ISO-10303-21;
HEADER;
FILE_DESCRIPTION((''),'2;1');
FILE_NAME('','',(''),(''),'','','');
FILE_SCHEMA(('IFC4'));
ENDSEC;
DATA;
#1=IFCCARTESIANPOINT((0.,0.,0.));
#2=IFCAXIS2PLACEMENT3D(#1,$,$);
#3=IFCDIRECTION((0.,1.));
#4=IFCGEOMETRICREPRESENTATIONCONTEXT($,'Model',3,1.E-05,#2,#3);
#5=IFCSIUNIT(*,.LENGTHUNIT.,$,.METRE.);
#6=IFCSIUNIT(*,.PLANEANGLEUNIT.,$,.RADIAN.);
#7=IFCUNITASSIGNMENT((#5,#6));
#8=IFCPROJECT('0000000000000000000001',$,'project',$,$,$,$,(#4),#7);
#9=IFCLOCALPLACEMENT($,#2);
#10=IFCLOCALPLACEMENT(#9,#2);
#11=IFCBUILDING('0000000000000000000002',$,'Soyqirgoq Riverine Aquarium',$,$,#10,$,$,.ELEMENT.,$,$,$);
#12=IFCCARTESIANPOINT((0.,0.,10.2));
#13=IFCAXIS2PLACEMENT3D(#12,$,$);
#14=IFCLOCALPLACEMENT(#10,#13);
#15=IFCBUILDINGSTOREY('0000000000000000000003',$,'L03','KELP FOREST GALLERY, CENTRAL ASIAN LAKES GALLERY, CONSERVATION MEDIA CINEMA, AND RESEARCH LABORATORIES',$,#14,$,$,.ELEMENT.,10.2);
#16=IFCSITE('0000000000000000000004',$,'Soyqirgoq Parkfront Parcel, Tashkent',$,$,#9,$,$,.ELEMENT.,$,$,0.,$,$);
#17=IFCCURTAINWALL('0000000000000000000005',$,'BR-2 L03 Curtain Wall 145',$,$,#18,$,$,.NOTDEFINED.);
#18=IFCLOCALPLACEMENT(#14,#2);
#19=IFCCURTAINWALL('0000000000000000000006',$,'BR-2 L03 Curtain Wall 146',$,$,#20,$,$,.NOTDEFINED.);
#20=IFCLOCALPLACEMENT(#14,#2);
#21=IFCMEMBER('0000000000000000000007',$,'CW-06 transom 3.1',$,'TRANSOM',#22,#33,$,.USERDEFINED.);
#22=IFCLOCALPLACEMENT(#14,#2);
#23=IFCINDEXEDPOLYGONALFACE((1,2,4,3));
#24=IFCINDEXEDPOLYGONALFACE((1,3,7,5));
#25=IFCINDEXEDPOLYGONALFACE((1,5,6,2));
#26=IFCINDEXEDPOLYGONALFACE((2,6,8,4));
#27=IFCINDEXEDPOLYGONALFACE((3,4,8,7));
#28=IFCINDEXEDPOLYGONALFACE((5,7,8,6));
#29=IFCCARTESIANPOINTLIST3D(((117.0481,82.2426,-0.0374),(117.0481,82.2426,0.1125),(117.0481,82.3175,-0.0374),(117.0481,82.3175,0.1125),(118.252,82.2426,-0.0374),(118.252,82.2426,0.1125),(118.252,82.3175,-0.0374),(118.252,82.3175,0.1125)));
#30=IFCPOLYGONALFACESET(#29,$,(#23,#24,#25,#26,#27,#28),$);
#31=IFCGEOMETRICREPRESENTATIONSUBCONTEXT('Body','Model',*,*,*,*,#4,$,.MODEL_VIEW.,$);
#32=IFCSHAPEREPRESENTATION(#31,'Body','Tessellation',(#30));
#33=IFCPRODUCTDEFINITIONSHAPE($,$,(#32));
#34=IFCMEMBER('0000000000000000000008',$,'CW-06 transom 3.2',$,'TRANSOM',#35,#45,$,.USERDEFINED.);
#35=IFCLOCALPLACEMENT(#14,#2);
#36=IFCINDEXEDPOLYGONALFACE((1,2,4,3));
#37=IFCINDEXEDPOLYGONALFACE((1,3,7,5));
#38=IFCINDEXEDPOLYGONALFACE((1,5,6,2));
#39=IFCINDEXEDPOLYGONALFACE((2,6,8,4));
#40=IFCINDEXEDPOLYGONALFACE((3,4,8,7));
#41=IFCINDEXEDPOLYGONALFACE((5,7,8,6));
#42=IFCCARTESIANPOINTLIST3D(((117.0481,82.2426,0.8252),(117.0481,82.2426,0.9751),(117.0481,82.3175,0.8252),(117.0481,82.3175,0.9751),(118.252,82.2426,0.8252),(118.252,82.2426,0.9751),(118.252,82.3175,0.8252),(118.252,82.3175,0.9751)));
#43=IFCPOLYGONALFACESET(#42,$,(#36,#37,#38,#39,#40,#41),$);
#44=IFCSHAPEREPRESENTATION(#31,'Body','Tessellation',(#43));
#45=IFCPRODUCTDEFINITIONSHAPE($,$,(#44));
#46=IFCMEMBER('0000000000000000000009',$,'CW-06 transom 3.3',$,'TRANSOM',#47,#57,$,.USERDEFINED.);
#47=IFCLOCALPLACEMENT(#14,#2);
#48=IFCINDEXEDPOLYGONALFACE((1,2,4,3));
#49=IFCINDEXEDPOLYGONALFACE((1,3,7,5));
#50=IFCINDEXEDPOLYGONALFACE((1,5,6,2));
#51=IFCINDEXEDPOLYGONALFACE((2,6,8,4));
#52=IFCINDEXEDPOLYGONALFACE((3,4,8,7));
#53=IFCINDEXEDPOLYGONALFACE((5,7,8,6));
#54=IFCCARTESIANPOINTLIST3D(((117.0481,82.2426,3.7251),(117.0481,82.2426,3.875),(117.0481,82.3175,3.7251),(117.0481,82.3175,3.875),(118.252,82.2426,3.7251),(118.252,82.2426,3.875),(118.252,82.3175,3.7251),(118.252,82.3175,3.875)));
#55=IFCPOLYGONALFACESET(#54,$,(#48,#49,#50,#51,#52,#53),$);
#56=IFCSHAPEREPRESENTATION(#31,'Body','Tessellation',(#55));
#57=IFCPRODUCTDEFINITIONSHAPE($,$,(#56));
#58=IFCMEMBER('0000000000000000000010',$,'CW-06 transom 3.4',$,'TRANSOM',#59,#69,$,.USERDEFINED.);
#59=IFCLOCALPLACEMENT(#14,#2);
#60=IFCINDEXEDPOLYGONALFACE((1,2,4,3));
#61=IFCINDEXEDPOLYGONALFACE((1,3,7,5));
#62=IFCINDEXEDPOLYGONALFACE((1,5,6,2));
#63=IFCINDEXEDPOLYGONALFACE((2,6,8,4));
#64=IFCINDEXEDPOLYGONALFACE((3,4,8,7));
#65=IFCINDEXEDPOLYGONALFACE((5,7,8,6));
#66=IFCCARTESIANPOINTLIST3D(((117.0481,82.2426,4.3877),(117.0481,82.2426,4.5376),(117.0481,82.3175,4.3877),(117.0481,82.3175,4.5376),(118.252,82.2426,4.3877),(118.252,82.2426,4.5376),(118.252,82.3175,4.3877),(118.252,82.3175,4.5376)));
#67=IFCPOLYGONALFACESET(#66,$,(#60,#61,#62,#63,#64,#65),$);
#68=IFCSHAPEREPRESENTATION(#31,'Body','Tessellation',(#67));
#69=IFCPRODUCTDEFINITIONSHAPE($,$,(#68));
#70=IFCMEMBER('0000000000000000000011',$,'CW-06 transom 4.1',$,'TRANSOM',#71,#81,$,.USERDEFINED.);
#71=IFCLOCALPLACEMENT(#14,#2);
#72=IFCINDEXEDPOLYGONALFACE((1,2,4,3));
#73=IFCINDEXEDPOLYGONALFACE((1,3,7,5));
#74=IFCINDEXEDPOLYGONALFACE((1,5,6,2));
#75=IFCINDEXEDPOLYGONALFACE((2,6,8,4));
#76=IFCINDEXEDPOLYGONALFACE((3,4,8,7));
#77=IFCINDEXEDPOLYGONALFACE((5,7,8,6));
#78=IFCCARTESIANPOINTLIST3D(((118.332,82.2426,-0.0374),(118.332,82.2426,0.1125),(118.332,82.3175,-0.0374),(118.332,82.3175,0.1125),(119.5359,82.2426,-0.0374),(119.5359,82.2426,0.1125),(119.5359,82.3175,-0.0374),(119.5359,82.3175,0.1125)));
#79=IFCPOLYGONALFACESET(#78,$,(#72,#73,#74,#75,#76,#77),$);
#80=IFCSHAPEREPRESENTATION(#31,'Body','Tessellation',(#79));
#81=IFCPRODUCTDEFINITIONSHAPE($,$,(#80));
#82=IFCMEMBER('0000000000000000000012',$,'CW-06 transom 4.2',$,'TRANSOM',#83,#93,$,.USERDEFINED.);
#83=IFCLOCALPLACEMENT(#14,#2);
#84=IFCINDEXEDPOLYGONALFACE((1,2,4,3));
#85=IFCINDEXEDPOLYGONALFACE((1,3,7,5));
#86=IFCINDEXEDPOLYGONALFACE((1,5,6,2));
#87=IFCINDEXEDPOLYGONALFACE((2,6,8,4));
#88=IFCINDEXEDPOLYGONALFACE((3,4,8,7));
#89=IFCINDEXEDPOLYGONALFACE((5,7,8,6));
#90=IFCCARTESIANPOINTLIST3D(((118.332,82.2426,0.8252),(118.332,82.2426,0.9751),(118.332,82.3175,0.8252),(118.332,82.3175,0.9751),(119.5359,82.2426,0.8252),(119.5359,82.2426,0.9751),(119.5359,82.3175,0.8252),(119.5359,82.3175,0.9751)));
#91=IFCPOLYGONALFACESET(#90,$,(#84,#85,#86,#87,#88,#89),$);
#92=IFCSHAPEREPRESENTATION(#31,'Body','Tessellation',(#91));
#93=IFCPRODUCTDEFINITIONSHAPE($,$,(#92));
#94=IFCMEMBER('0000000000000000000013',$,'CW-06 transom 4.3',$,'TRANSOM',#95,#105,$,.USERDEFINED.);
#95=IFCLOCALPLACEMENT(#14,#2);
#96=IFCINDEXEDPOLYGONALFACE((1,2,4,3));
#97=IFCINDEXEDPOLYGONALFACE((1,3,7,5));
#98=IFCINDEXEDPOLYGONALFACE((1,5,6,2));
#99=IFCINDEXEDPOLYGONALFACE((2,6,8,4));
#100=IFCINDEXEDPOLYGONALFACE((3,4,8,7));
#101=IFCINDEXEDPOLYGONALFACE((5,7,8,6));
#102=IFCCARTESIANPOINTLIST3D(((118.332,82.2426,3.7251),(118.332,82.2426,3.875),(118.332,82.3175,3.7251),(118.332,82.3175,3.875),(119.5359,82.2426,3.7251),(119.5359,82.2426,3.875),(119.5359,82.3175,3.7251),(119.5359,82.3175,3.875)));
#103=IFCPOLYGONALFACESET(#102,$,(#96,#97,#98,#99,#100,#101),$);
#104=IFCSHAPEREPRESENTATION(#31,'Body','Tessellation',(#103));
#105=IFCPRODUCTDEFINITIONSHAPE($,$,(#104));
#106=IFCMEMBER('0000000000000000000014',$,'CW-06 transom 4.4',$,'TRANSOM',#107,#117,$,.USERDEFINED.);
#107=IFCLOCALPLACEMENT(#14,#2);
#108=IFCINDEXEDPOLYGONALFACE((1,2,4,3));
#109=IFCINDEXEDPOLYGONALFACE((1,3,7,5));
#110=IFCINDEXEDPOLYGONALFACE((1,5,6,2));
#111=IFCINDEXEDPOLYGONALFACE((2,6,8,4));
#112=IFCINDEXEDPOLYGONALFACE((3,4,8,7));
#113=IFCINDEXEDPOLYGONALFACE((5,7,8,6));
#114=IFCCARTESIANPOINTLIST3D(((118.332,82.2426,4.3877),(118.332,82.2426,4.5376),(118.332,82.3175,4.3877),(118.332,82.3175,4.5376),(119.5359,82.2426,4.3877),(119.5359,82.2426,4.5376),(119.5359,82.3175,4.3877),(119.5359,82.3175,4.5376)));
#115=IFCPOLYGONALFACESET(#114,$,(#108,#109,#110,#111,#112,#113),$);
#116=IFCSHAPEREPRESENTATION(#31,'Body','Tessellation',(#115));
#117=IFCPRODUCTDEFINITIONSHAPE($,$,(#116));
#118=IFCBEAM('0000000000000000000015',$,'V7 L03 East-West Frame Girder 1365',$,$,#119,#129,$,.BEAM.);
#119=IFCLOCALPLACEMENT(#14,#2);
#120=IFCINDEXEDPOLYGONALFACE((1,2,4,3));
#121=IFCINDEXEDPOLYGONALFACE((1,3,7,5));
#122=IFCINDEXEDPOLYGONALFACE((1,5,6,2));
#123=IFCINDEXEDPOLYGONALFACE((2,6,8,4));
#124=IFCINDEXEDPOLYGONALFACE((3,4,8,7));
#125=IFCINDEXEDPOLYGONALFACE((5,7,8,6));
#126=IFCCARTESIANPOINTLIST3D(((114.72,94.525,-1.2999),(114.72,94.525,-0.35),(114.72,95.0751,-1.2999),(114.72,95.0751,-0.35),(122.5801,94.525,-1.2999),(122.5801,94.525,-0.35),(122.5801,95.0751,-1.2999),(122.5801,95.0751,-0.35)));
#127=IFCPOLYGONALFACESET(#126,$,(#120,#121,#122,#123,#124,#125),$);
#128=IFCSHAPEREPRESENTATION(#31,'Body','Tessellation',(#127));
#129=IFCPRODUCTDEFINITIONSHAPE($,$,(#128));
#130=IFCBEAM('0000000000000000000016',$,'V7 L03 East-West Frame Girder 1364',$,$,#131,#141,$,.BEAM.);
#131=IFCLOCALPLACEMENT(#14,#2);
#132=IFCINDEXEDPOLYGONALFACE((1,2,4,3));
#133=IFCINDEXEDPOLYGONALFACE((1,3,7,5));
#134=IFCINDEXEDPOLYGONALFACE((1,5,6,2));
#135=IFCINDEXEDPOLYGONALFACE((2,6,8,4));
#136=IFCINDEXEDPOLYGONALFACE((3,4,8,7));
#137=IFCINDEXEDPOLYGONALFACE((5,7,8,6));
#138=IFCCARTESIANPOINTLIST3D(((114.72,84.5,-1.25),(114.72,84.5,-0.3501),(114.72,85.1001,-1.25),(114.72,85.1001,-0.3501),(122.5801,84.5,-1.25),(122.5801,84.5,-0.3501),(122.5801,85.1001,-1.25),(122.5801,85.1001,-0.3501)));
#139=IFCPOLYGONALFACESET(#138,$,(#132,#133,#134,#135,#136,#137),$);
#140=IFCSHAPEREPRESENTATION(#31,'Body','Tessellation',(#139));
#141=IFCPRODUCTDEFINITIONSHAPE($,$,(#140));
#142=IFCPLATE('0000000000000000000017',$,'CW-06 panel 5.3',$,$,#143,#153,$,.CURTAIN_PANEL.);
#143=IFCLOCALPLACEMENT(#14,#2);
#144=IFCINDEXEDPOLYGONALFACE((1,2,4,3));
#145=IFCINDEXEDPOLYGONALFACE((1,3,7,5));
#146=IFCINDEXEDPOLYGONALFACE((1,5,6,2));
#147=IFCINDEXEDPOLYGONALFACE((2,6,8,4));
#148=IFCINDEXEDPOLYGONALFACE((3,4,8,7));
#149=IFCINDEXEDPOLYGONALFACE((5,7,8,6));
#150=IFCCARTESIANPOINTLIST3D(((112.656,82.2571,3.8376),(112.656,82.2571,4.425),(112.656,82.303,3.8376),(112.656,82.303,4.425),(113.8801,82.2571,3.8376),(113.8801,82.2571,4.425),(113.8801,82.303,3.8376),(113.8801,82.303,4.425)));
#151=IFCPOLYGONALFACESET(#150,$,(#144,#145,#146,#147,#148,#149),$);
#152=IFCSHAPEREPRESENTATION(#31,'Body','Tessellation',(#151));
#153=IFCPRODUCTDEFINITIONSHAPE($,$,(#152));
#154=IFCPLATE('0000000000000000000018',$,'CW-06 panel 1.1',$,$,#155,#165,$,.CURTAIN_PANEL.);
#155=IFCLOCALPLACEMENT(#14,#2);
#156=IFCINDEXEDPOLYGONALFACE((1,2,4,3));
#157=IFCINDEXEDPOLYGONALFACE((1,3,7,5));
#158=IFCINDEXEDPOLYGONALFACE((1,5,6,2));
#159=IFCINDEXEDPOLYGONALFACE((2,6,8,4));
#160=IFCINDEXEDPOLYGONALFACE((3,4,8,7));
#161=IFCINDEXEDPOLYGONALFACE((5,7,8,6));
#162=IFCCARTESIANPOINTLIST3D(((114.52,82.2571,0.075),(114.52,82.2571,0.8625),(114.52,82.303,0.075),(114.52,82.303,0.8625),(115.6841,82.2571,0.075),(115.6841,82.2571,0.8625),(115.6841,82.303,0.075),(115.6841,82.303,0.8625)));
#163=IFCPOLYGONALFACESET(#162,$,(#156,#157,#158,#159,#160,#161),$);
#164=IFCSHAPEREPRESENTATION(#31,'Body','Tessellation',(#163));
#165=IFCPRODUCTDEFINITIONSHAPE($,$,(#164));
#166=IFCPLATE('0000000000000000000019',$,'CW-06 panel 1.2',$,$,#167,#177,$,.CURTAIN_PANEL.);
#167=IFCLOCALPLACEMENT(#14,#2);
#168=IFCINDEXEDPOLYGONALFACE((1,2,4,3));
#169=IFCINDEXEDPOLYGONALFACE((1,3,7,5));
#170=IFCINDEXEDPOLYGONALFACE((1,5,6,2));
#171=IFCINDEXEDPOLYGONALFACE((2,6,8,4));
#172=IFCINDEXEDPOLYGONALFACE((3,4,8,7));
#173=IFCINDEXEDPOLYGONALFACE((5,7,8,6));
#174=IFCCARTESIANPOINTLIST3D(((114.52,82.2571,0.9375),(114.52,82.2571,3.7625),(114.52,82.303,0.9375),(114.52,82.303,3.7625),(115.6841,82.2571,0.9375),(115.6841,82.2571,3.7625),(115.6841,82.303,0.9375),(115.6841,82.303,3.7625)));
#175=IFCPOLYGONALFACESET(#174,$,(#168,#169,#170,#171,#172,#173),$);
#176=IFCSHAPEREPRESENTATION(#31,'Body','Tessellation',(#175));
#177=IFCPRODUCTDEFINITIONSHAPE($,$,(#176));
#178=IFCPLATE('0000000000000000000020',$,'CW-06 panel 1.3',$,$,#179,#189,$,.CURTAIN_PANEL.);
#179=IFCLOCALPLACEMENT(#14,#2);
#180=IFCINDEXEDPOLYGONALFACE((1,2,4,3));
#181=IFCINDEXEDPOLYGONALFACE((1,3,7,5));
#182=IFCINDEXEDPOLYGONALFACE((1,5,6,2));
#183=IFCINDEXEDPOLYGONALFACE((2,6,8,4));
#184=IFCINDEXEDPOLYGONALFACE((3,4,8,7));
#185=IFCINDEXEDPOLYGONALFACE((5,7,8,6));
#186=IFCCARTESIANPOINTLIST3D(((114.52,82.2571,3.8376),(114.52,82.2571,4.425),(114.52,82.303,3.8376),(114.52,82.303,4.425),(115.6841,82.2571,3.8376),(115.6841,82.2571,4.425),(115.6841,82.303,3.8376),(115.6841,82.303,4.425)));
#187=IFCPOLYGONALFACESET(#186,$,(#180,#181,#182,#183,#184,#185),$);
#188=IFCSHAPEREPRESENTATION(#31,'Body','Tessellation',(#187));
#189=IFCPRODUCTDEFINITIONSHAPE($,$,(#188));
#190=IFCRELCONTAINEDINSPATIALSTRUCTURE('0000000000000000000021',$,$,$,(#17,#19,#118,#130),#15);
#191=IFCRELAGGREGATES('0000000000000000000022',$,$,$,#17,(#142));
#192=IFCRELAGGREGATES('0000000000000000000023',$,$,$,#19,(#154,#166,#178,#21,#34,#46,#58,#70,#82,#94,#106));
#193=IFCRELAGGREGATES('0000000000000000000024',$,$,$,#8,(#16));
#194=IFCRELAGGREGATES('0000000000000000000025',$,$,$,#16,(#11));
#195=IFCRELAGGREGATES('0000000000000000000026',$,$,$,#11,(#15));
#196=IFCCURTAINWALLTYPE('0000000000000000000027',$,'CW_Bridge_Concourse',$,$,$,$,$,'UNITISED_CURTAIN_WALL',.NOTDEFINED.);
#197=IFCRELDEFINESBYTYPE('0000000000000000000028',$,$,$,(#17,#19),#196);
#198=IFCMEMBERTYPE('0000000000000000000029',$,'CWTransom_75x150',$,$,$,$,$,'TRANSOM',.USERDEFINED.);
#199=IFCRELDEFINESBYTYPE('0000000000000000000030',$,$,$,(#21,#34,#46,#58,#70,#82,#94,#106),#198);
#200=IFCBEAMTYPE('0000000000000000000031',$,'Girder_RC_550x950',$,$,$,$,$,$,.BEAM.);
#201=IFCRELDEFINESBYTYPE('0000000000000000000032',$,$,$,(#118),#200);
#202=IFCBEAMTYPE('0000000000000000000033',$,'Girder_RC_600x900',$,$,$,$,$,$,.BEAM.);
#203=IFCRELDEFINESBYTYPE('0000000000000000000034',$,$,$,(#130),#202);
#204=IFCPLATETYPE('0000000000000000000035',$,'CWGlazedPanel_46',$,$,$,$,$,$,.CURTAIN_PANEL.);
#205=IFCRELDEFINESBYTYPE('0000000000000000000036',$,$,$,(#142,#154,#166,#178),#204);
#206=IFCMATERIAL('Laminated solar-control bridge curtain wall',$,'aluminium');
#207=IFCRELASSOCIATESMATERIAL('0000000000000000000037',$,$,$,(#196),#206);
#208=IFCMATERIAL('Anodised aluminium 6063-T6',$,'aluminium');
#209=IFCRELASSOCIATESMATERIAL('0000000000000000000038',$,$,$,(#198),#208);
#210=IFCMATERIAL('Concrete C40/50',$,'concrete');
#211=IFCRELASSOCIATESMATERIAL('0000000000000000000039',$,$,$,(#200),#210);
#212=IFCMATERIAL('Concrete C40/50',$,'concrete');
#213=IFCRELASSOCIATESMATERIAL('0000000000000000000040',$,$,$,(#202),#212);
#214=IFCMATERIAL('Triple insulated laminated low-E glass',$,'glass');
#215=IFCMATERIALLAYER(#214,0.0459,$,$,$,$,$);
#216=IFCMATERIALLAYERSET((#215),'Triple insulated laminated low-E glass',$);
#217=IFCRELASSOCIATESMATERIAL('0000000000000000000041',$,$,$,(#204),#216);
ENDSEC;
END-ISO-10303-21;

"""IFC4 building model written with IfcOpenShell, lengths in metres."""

from ifc_helpers import new_model, si_unit, direction, frame, origin, origin_2d, place, context, subcontext, project, spatial, rectangle, extrude, material, layer, layer_set, material_profile, profile_set, type_object, element, aggregate, save


model = new_model("IFC4")

# Units and contexts
model_context = context("Model", 3, precision=1e-05, world=origin(), true_north=direction((0.0, 1.0)))
body_context = subcontext(model_context, "Body", "Model", "MODEL_VIEW")
ifc_project = project(units=[si_unit("LENGTHUNIT", "METRE"), si_unit("PLANEANGLEUNIT", "RADIAN")], contexts=[model_context])

# Site, building, storey
site_placement = place(None, origin())
site = spatial("IfcSite", under=ifc_project, at=site_placement, Name="Soyqirgoq Parkfront Parcel, Tashkent", CompositionType="ELEMENT", RefElevation=0.0)
building_placement = place(site_placement, origin())
building = spatial("IfcBuilding", under=site, at=building_placement, Name="Soyqirgoq Riverine Aquarium", CompositionType="ELEMENT")
storey_placement = place(building_placement, frame((0.0, 0.0, 10.2)))
storey = spatial("IfcBuildingStorey", under=building, at=storey_placement, Name="L03", Description="KELP FOREST GALLERY, CENTRAL ASIAN LAKES GALLERY, CONSERVATION MEDIA CINEMA, AND RESEARCH LABORATORIES", CompositionType="ELEMENT", Elevation=10.2)

# Curtain wall
ifc_material_1 = material(Name="Laminated solar-control bridge curtain wall", Category="aluminium")
curtain_wall_type = type_object("IfcCurtainWallType", Name="CW_Bridge_Concourse", ElementType="UNITISED_CURTAIN_WALL", PredefinedType="NOTDEFINED", material=ifc_material_1)
curtain_wall_1_placement = place(storey_placement, origin())
curtain_wall_1 = element("IfcCurtainWall", 1, at=curtain_wall_1_placement, inside=storey, type_object=curtain_wall_type, Name="BR-2 L03 Curtain Wall 145", PredefinedType="NOTDEFINED")

# Curtain wall, members
curtain_wall_2_placement = place(storey_placement, origin())
curtain_wall_2 = element("IfcCurtainWall", 2, at=curtain_wall_2_placement, inside=storey, type_object=curtain_wall_type, Name="BR-2 L03 Curtain Wall 146", PredefinedType="NOTDEFINED")
ifc_material_2 = material(Name="Anodised aluminium 6063-T6", Category="aluminium")
ifc_material_profile_1 = material_profile(ifc_material_2, rectangle(XDim=0.075, YDim=0.1499, at=origin_2d()), Name="ALU-T 75x150")
ifc_profile_set_1 = profile_set([ifc_material_profile_1], Name="Anodised aluminium 6063-T6")
member_type_1 = type_object("IfcMemberType", Name="CWTransom_75x150", ElementType="TRANSOM", PredefinedType="USERDEFINED", material=ifc_profile_set_1)
member_1_placement = place(storey_placement, frame((117.0481, 82.28, 0.0376), z_axis=(1.0, 0.0, 0.0), x_axis=(0.0, 1.0, 0.0)))
member_1 = element("IfcMember", 3, at=member_1_placement, type_object=member_type_1, Name="CW-06 transom 3.1", ObjectType="TRANSOM", PredefinedType="USERDEFINED", context=body_context, shape_type="SweptSolid", body=[
    extrude(rectangle(XDim=0.075, YDim=0.1499, at=origin_2d()), origin(), (0.0, 0.0, 1.0), 1.2039),
])
member_2_placement = place(storey_placement, frame((117.0481, 82.28, 0.9001), z_axis=(1.0, 0.0, 0.0), x_axis=(0.0, 1.0, 0.0)))
member_2 = element("IfcMember", 4, at=member_2_placement, type_object=member_type_1, Name="CW-06 transom 3.2", ObjectType="TRANSOM", PredefinedType="USERDEFINED", context=body_context, shape_type="SweptSolid", body=[
    extrude(rectangle(XDim=0.075, YDim=0.1499, at=origin_2d()), origin(), (0.0, 0.0, 1.0), 1.2039),
])
member_3_placement = place(storey_placement, frame((117.0481, 82.28, 3.8), z_axis=(1.0, 0.0, 0.0), x_axis=(0.0, 1.0, 0.0)))
member_3 = element("IfcMember", 5, at=member_3_placement, type_object=member_type_1, Name="CW-06 transom 3.3", ObjectType="TRANSOM", PredefinedType="USERDEFINED", context=body_context, shape_type="SweptSolid", body=[
    extrude(rectangle(XDim=0.075, YDim=0.1499, at=origin_2d()), origin(), (0.0, 0.0, 1.0), 1.2039),
])
member_4_placement = place(storey_placement, frame((117.0481, 82.28, 4.4626), z_axis=(1.0, 0.0, 0.0), x_axis=(0.0, 1.0, 0.0)))
member_4 = element("IfcMember", 6, at=member_4_placement, type_object=member_type_1, Name="CW-06 transom 3.4", ObjectType="TRANSOM", PredefinedType="USERDEFINED", context=body_context, shape_type="SweptSolid", body=[
    extrude(rectangle(XDim=0.075, YDim=0.1499, at=origin_2d()), origin(), (0.0, 0.0, 1.0), 1.2039),
])
member_5_placement = place(storey_placement, frame((118.332, 82.28, 0.0376), z_axis=(1.0, 0.0, 0.0), x_axis=(0.0, 1.0, 0.0)))
member_5 = element("IfcMember", 7, at=member_5_placement, type_object=member_type_1, Name="CW-06 transom 4.1", ObjectType="TRANSOM", PredefinedType="USERDEFINED", context=body_context, shape_type="SweptSolid", body=[
    extrude(rectangle(XDim=0.075, YDim=0.1499, at=origin_2d()), origin(), (0.0, 0.0, 1.0), 1.2039),
])
member_6_placement = place(storey_placement, frame((118.332, 82.28, 0.9001), z_axis=(1.0, 0.0, 0.0), x_axis=(0.0, 1.0, 0.0)))
member_6 = element("IfcMember", 8, at=member_6_placement, type_object=member_type_1, Name="CW-06 transom 4.2", ObjectType="TRANSOM", PredefinedType="USERDEFINED", context=body_context, shape_type="SweptSolid", body=[
    extrude(rectangle(XDim=0.075, YDim=0.1499, at=origin_2d()), origin(), (0.0, 0.0, 1.0), 1.2039),
])
member_7_placement = place(storey_placement, frame((118.332, 82.28, 3.8), z_axis=(1.0, 0.0, 0.0), x_axis=(0.0, 1.0, 0.0)))
member_7 = element("IfcMember", 9, at=member_7_placement, type_object=member_type_1, Name="CW-06 transom 4.3", ObjectType="TRANSOM", PredefinedType="USERDEFINED", context=body_context, shape_type="SweptSolid", body=[
    extrude(rectangle(XDim=0.075, YDim=0.1499, at=origin_2d()), origin(), (0.0, 0.0, 1.0), 1.2039),
])
member_8_placement = place(storey_placement, frame((118.332, 82.28, 4.4626), z_axis=(1.0, 0.0, 0.0), x_axis=(0.0, 1.0, 0.0)))
member_8 = element("IfcMember", 10, at=member_8_placement, type_object=member_type_1, Name="CW-06 transom 4.4", ObjectType="TRANSOM", PredefinedType="USERDEFINED", context=body_context, shape_type="SweptSolid", body=[
    extrude(rectangle(XDim=0.075, YDim=0.1499, at=origin_2d()), origin(), (0.0, 0.0, 1.0), 1.2039),
])

# Beams
ifc_material_3 = material(Name="Concrete C40/50", Category="concrete")
ifc_material_profile_2 = material_profile(ifc_material_3, rectangle(XDim=0.55, YDim=0.95, at=origin_2d()), Name="RC 550x950")
ifc_profile_set_2 = profile_set([ifc_material_profile_2], Name="Concrete C40/50")
beam_type_1 = type_object("IfcBeamType", Name="Girder_RC_550x950", PredefinedType="BEAM", material=ifc_profile_set_2)
beam_1_placement = place(storey_placement, frame((114.72, 94.8, -0.825), z_axis=(1.0, 0.0, 0.0), x_axis=(0.0, 1.0, 0.0)))
element("IfcBeam", 11, at=beam_1_placement, inside=storey, type_object=beam_type_1, Name="V7 L03 East-West Frame Girder 1365", PredefinedType="BEAM", context=body_context, shape_type="SweptSolid", body=[
    extrude(rectangle(XDim=0.55, YDim=0.95, at=origin_2d()), origin(), (0.0, 0.0, 1.0), 7.8601),
])
ifc_material_4 = material(Name="Concrete C40/50", Category="concrete")
ifc_material_profile_3 = material_profile(ifc_material_4, rectangle(XDim=0.6001, YDim=0.8999, at=origin_2d()), Name="RC 600x900")
ifc_profile_set_3 = profile_set([ifc_material_profile_3], Name="Concrete C40/50")
beam_type_2 = type_object("IfcBeamType", Name="Girder_RC_600x900", PredefinedType="BEAM", material=ifc_profile_set_3)
beam_2_placement = place(storey_placement, frame((114.72, 84.8, -0.8), z_axis=(1.0, 0.0, 0.0), x_axis=(0.0, 1.0, 0.0)))
element("IfcBeam", 12, at=beam_2_placement, inside=storey, type_object=beam_type_2, Name="V7 L03 East-West Frame Girder 1364", PredefinedType="BEAM", context=body_context, shape_type="SweptSolid", body=[
    extrude(rectangle(XDim=0.6001, YDim=0.8999, at=origin_2d()), origin(), (0.0, 0.0, 1.0), 7.8601),
])

# Plates
ifc_material_5 = material(Name="Triple insulated laminated low-E glass", Category="glass")
ifc_layer = layer(ifc_material_5, 0.0459)
ifc_layer_set = layer_set([ifc_layer], Name="Triple insulated laminated low-E glass")
plate_type = type_object("IfcPlateType", Name="CWGlazedPanel_46", PredefinedType="CURTAIN_PANEL", material=ifc_layer_set)
plate_1_placement = place(storey_placement, frame((113.2681, 82.28, 3.8376), z_axis=(0.0, 0.0, 1.0), x_axis=(1.0, 0.0, 0.0)))
plate_1 = element("IfcPlate", 13, at=plate_1_placement, type_object=plate_type, Name="CW-06 panel 5.3", PredefinedType="CURTAIN_PANEL", context=body_context, shape_type="SweptSolid", body=[
    extrude(rectangle(XDim=1.2241, YDim=0.0459, at=origin_2d()), origin(), (0.0, 0.0, 1.0), 0.5874),
])
aggregate(curtain_wall_1, [plate_1])
plate_2_placement = place(storey_placement, frame((115.1021, 82.28, 0.075), z_axis=(0.0, 0.0, 1.0), x_axis=(1.0, 0.0, 0.0)))
plate_2 = element("IfcPlate", 14, at=plate_2_placement, type_object=plate_type, Name="CW-06 panel 1.1", PredefinedType="CURTAIN_PANEL", context=body_context, shape_type="SweptSolid", body=[
    extrude(rectangle(XDim=1.1641, YDim=0.0459, at=origin_2d()), origin(), (0.0, 0.0, 1.0), 0.7876),
])
plate_3_placement = place(storey_placement, frame((115.1021, 82.28, 0.9375), z_axis=(0.0, 0.0, 1.0), x_axis=(1.0, 0.0, 0.0)))
plate_3 = element("IfcPlate", 15, at=plate_3_placement, type_object=plate_type, Name="CW-06 panel 1.2", PredefinedType="CURTAIN_PANEL", context=body_context, shape_type="SweptSolid", body=[
    extrude(rectangle(XDim=1.1641, YDim=0.0459, at=origin_2d()), origin(), (0.0, 0.0, 1.0), 2.825),
])
plate_4_placement = place(storey_placement, frame((115.1021, 82.28, 3.8376), z_axis=(0.0, 0.0, 1.0), x_axis=(1.0, 0.0, 0.0)))
plate_4 = element("IfcPlate", 16, at=plate_4_placement, type_object=plate_type, Name="CW-06 panel 1.3", PredefinedType="CURTAIN_PANEL", context=body_context, shape_type="SweptSolid", body=[
    extrude(rectangle(XDim=1.1641, YDim=0.0459, at=origin_2d()), origin(), (0.0, 0.0, 1.0), 0.5874),
])
aggregate(curtain_wall_2, [plate_2, plate_3, plate_4, member_1, member_2, member_3, member_4, member_5, member_6, member_7, member_8])

save(model, "model.ifc")
